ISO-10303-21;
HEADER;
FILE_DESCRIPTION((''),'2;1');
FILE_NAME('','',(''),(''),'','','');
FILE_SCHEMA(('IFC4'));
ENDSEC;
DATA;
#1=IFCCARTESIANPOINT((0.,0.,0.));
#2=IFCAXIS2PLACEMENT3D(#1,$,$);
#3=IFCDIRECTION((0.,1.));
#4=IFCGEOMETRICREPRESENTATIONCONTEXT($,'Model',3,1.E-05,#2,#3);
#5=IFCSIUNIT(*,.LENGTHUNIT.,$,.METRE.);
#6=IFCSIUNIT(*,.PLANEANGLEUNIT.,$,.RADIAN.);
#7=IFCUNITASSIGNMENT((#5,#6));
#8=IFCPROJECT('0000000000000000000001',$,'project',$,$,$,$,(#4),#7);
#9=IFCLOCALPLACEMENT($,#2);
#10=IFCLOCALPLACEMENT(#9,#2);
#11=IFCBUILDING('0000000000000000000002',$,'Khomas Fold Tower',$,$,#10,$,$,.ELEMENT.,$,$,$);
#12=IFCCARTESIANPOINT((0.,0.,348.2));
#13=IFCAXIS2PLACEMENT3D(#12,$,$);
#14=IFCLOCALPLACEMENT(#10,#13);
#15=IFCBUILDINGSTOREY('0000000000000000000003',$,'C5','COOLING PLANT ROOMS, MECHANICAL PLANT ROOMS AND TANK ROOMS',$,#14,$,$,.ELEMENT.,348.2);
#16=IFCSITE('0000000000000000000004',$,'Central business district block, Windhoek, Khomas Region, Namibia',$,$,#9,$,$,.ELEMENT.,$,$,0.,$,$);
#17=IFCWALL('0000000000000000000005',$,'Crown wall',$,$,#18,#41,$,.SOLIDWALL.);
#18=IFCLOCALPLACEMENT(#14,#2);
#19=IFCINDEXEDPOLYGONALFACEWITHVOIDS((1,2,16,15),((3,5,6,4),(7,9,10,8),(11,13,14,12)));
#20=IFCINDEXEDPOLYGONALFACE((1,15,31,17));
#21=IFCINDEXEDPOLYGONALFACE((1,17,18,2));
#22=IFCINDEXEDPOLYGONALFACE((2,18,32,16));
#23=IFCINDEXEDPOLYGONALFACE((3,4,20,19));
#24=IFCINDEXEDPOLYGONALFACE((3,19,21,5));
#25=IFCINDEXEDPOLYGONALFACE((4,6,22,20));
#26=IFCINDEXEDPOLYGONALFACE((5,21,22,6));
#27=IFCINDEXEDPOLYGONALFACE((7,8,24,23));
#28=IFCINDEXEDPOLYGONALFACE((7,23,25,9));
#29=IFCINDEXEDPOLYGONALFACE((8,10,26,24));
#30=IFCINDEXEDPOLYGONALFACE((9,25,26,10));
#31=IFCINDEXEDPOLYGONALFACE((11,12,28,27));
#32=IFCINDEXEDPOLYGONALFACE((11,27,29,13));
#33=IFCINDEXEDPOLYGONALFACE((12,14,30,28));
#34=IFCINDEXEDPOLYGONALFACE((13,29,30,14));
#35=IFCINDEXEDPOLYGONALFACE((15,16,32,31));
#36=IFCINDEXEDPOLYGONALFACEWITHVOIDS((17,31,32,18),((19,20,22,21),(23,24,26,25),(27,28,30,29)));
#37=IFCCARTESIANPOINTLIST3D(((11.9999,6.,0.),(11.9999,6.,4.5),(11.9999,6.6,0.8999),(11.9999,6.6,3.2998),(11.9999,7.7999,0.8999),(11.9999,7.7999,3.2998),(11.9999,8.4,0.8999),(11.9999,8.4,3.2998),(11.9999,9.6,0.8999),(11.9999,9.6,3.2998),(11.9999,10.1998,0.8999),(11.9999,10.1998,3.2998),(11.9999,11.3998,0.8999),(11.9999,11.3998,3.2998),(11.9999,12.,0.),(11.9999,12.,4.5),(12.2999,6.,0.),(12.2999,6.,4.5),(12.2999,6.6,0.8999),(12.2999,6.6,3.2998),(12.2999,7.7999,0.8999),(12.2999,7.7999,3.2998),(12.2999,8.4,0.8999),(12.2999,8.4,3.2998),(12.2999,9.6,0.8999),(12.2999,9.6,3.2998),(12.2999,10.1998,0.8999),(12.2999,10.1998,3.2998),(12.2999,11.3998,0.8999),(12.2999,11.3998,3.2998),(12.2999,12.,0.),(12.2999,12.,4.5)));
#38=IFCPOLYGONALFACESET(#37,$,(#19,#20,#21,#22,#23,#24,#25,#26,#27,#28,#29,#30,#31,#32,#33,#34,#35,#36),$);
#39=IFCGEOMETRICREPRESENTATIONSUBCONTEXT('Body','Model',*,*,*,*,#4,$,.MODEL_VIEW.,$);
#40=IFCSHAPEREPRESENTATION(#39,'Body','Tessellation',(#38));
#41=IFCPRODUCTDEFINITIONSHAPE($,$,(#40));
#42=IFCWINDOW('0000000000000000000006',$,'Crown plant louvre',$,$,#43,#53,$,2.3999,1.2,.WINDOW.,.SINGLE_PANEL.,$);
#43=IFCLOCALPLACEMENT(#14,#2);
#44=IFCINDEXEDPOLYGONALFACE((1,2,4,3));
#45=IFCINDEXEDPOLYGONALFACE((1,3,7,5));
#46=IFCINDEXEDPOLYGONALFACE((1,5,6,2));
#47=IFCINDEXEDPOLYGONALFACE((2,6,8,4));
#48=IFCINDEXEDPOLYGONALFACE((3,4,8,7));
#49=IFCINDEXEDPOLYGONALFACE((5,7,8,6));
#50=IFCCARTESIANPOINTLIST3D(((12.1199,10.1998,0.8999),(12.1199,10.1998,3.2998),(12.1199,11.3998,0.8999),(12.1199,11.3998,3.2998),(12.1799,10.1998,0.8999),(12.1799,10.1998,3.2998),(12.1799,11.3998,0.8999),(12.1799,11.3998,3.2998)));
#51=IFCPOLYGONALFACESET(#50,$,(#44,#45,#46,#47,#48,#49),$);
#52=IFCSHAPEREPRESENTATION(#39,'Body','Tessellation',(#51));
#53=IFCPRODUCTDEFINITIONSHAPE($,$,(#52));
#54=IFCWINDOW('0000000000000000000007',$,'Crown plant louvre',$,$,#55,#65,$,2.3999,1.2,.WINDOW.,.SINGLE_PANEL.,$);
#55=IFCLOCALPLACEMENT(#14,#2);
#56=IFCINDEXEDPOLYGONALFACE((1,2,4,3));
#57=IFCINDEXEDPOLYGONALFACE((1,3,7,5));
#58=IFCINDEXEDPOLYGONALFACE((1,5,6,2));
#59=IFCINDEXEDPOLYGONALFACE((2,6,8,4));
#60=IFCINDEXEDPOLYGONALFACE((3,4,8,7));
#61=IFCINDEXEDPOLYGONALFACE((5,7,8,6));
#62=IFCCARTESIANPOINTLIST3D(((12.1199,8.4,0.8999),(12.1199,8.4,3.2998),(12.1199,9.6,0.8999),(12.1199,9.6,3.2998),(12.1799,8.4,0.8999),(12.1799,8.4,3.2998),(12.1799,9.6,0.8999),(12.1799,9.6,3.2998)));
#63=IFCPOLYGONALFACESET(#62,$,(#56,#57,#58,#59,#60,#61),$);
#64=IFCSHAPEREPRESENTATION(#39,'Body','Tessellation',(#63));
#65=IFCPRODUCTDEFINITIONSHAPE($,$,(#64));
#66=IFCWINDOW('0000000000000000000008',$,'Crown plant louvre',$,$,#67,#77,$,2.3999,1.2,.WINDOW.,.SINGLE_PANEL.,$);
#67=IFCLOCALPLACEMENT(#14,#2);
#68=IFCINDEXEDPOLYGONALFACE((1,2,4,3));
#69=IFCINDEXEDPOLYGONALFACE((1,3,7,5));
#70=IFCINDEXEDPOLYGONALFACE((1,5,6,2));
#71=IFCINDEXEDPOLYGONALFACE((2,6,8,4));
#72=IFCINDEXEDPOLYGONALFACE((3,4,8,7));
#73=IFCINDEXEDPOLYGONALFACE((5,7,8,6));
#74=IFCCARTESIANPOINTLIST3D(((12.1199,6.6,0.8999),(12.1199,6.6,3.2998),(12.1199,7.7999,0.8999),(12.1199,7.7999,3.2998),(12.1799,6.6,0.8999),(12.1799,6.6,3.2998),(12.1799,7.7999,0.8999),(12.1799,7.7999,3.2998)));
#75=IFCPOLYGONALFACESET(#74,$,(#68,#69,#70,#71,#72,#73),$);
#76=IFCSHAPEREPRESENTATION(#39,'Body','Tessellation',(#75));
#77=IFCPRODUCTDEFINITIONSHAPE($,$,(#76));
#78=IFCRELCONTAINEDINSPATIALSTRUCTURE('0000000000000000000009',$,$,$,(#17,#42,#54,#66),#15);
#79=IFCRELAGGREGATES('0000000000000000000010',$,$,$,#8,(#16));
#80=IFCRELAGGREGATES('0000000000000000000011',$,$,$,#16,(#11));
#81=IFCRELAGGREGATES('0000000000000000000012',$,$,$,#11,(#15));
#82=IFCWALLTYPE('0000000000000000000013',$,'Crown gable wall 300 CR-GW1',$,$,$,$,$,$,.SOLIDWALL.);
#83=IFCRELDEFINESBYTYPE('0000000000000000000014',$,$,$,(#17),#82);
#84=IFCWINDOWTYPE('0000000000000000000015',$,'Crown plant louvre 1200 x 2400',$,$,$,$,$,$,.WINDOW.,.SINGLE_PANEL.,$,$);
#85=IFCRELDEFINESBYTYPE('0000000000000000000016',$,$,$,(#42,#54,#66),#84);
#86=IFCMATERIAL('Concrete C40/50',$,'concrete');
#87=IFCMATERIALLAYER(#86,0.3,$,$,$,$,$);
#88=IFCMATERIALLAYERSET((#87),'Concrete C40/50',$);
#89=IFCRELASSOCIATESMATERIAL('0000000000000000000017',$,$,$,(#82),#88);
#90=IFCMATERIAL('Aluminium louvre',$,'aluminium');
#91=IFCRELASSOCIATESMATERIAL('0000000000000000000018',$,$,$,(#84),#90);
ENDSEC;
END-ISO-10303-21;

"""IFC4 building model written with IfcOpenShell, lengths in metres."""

from ifc_helpers import new_model, si_unit, direction, frame, frame_2d, origin, place, context, subcontext, project, spatial, rectangle, extrude, source, transform, mapped, material, layer, layer_set, type_object, element, fill, save


model = new_model("IFC4")

# Units and contexts
model_context = context("Model", 3, precision=1e-05, world=origin(), true_north=direction((0.0, 1.0)))
body_context = subcontext(model_context, "Body", "Model", "MODEL_VIEW")
ifc_project = project(units=[si_unit("LENGTHUNIT", "METRE"), si_unit("PLANEANGLEUNIT", "RADIAN")], contexts=[model_context])

# Site, building, storey
site_placement = place(None, origin())
site = spatial("IfcSite", under=ifc_project, at=site_placement, Name="Central business district block, Windhoek, Khomas Region, Namibia", CompositionType="ELEMENT", RefElevation=0.0)
building_placement = place(site_placement, origin())
building = spatial("IfcBuilding", under=site, at=building_placement, Name="Khomas Fold Tower", CompositionType="ELEMENT")
storey_placement = place(building_placement, frame((0.0, 0.0, 348.2)))
storey = spatial("IfcBuildingStorey", under=building, at=storey_placement, Name="C5", Description="COOLING PLANT ROOMS, MECHANICAL PLANT ROOMS AND TANK ROOMS", CompositionType="ELEMENT", Elevation=348.2)

# Wall, openings, windows
ifc_material_1 = material(Name="Concrete C40/50", Category="concrete")
ifc_layer_1 = layer(ifc_material_1, 0.3)
ifc_layer_set_1 = layer_set([ifc_layer_1], Name="Concrete C40/50")
wall_type_1 = type_object("IfcWallType", Name="Crown gable wall 300 CR-GW1", PredefinedType="SOLIDWALL", material=ifc_layer_set_1)
shared_shape_1 = source(origin(), body_context, "Body", "SweptSolid", [
    extrude(rectangle(XDim=1.2, YDim=2.3999, at=frame_2d((0.6001, 1.2))), frame((0.0, 0.1599, 0.0), z_axis=(0.0, -1.0, 0.0), x_axis=(1.0, 0.0, 0.0)), (0.0, 0.0, 1.0), 0.3201),
])
ifc_material_2 = material(Name="Aluminium louvre", Category="aluminium")
window_type = type_object("IfcWindowType", Name="Crown plant louvre 1200 x 2400", PartitioningType="SINGLE_PANEL", PredefinedType="WINDOW", material=ifc_material_2)
shared_shape_2 = source(origin(), body_context, "Body", "SweptSolid", [
    extrude(rectangle(XDim=1.2, YDim=2.3999, at=frame_2d((0.6001, 1.2))), frame((0.0, 0.03, 0.0), z_axis=(0.0, -1.0, 0.0), x_axis=(1.0, 0.0, 0.0)), (0.0, 0.0, 1.0), 0.0601),
])
shared_shape_3 = source(origin(), body_context, "Body", "SweptSolid", [
    extrude(rectangle(XDim=6.0, YDim=0.3, at=frame_2d((3.0, 0.0))), origin(), (0.0, 0.0, 1.0), 4.5),
])
wall_1_placement = place(storey_placement, frame((12.1499, 12.0, 0.0), z_axis=(0.0, 0.0, 1.0), x_axis=(0.0, -1.0, 0.0)))
wall_1 = element("IfcWall", 1, at=wall_1_placement, inside=storey, type_object=wall_type_1, Name="Crown wall", PredefinedType="SOLIDWALL", context=body_context, shape_type="MappedRepresentation", body=[
    mapped(shared_shape_3, transform((0.0, 0.0, 0.0))),
])
opening_1_placement = place(wall_1_placement, frame((0.6001, 0.0, 0.8999)))
opening_1 = element("IfcOpeningElement", 2, at=opening_1_placement, cuts=wall_1, PredefinedType="OPENING", context=body_context, shape_type="MappedRepresentation", body=[
    mapped(shared_shape_1, transform((0.0, 0.0, 0.0))),
])
opening_2_placement = place(wall_1_placement, frame((2.3999, 0.0, 0.8999)))
opening_2 = element("IfcOpeningElement", 3, at=opening_2_placement, cuts=wall_1, PredefinedType="OPENING", context=body_context, shape_type="MappedRepresentation", body=[
    mapped(shared_shape_1, transform((0.0, 0.0, 0.0))),
])
opening_3_placement = place(wall_1_placement, frame((4.2, 0.0, 0.8999)))
opening_3 = element("IfcOpeningElement", 4, at=opening_3_placement, cuts=wall_1, PredefinedType="OPENING", context=body_context, shape_type="MappedRepresentation", body=[
    mapped(shared_shape_1, transform((0.0, 0.0, 0.0))),
])
window_1_placement = place(opening_1_placement, origin())
window_1 = element("IfcWindow", 5, at=window_1_placement, inside=storey, type_object=window_type, Name="Crown plant louvre", OverallHeight=2.3999, OverallWidth=1.2, PartitioningType="SINGLE_PANEL", PredefinedType="WINDOW", context=body_context, shape_type="MappedRepresentation", body=[
    mapped(shared_shape_2, transform((0.0, 0.0, 0.0))),
])
fill(opening_1, window_1)
window_2_placement = place(opening_2_placement, origin())
window_2 = element("IfcWindow", 6, at=window_2_placement, inside=storey, type_object=window_type, Name="Crown plant louvre", OverallHeight=2.3999, OverallWidth=1.2, PartitioningType="SINGLE_PANEL", PredefinedType="WINDOW", context=body_context, shape_type="MappedRepresentation", body=[
    mapped(shared_shape_2, transform((0.0, 0.0, 0.0))),
])
fill(opening_2, window_2)
window_3_placement = place(opening_3_placement, origin())
window_3 = element("IfcWindow", 7, at=window_3_placement, inside=storey, type_object=window_type, Name="Crown plant louvre", OverallHeight=2.3999, OverallWidth=1.2, PartitioningType="SINGLE_PANEL", PredefinedType="WINDOW", context=body_context, shape_type="MappedRepresentation", body=[
    mapped(shared_shape_2, transform((0.0, 0.0, 0.0))),
])
fill(opening_3, window_3)

save(model, "model.ifc")
